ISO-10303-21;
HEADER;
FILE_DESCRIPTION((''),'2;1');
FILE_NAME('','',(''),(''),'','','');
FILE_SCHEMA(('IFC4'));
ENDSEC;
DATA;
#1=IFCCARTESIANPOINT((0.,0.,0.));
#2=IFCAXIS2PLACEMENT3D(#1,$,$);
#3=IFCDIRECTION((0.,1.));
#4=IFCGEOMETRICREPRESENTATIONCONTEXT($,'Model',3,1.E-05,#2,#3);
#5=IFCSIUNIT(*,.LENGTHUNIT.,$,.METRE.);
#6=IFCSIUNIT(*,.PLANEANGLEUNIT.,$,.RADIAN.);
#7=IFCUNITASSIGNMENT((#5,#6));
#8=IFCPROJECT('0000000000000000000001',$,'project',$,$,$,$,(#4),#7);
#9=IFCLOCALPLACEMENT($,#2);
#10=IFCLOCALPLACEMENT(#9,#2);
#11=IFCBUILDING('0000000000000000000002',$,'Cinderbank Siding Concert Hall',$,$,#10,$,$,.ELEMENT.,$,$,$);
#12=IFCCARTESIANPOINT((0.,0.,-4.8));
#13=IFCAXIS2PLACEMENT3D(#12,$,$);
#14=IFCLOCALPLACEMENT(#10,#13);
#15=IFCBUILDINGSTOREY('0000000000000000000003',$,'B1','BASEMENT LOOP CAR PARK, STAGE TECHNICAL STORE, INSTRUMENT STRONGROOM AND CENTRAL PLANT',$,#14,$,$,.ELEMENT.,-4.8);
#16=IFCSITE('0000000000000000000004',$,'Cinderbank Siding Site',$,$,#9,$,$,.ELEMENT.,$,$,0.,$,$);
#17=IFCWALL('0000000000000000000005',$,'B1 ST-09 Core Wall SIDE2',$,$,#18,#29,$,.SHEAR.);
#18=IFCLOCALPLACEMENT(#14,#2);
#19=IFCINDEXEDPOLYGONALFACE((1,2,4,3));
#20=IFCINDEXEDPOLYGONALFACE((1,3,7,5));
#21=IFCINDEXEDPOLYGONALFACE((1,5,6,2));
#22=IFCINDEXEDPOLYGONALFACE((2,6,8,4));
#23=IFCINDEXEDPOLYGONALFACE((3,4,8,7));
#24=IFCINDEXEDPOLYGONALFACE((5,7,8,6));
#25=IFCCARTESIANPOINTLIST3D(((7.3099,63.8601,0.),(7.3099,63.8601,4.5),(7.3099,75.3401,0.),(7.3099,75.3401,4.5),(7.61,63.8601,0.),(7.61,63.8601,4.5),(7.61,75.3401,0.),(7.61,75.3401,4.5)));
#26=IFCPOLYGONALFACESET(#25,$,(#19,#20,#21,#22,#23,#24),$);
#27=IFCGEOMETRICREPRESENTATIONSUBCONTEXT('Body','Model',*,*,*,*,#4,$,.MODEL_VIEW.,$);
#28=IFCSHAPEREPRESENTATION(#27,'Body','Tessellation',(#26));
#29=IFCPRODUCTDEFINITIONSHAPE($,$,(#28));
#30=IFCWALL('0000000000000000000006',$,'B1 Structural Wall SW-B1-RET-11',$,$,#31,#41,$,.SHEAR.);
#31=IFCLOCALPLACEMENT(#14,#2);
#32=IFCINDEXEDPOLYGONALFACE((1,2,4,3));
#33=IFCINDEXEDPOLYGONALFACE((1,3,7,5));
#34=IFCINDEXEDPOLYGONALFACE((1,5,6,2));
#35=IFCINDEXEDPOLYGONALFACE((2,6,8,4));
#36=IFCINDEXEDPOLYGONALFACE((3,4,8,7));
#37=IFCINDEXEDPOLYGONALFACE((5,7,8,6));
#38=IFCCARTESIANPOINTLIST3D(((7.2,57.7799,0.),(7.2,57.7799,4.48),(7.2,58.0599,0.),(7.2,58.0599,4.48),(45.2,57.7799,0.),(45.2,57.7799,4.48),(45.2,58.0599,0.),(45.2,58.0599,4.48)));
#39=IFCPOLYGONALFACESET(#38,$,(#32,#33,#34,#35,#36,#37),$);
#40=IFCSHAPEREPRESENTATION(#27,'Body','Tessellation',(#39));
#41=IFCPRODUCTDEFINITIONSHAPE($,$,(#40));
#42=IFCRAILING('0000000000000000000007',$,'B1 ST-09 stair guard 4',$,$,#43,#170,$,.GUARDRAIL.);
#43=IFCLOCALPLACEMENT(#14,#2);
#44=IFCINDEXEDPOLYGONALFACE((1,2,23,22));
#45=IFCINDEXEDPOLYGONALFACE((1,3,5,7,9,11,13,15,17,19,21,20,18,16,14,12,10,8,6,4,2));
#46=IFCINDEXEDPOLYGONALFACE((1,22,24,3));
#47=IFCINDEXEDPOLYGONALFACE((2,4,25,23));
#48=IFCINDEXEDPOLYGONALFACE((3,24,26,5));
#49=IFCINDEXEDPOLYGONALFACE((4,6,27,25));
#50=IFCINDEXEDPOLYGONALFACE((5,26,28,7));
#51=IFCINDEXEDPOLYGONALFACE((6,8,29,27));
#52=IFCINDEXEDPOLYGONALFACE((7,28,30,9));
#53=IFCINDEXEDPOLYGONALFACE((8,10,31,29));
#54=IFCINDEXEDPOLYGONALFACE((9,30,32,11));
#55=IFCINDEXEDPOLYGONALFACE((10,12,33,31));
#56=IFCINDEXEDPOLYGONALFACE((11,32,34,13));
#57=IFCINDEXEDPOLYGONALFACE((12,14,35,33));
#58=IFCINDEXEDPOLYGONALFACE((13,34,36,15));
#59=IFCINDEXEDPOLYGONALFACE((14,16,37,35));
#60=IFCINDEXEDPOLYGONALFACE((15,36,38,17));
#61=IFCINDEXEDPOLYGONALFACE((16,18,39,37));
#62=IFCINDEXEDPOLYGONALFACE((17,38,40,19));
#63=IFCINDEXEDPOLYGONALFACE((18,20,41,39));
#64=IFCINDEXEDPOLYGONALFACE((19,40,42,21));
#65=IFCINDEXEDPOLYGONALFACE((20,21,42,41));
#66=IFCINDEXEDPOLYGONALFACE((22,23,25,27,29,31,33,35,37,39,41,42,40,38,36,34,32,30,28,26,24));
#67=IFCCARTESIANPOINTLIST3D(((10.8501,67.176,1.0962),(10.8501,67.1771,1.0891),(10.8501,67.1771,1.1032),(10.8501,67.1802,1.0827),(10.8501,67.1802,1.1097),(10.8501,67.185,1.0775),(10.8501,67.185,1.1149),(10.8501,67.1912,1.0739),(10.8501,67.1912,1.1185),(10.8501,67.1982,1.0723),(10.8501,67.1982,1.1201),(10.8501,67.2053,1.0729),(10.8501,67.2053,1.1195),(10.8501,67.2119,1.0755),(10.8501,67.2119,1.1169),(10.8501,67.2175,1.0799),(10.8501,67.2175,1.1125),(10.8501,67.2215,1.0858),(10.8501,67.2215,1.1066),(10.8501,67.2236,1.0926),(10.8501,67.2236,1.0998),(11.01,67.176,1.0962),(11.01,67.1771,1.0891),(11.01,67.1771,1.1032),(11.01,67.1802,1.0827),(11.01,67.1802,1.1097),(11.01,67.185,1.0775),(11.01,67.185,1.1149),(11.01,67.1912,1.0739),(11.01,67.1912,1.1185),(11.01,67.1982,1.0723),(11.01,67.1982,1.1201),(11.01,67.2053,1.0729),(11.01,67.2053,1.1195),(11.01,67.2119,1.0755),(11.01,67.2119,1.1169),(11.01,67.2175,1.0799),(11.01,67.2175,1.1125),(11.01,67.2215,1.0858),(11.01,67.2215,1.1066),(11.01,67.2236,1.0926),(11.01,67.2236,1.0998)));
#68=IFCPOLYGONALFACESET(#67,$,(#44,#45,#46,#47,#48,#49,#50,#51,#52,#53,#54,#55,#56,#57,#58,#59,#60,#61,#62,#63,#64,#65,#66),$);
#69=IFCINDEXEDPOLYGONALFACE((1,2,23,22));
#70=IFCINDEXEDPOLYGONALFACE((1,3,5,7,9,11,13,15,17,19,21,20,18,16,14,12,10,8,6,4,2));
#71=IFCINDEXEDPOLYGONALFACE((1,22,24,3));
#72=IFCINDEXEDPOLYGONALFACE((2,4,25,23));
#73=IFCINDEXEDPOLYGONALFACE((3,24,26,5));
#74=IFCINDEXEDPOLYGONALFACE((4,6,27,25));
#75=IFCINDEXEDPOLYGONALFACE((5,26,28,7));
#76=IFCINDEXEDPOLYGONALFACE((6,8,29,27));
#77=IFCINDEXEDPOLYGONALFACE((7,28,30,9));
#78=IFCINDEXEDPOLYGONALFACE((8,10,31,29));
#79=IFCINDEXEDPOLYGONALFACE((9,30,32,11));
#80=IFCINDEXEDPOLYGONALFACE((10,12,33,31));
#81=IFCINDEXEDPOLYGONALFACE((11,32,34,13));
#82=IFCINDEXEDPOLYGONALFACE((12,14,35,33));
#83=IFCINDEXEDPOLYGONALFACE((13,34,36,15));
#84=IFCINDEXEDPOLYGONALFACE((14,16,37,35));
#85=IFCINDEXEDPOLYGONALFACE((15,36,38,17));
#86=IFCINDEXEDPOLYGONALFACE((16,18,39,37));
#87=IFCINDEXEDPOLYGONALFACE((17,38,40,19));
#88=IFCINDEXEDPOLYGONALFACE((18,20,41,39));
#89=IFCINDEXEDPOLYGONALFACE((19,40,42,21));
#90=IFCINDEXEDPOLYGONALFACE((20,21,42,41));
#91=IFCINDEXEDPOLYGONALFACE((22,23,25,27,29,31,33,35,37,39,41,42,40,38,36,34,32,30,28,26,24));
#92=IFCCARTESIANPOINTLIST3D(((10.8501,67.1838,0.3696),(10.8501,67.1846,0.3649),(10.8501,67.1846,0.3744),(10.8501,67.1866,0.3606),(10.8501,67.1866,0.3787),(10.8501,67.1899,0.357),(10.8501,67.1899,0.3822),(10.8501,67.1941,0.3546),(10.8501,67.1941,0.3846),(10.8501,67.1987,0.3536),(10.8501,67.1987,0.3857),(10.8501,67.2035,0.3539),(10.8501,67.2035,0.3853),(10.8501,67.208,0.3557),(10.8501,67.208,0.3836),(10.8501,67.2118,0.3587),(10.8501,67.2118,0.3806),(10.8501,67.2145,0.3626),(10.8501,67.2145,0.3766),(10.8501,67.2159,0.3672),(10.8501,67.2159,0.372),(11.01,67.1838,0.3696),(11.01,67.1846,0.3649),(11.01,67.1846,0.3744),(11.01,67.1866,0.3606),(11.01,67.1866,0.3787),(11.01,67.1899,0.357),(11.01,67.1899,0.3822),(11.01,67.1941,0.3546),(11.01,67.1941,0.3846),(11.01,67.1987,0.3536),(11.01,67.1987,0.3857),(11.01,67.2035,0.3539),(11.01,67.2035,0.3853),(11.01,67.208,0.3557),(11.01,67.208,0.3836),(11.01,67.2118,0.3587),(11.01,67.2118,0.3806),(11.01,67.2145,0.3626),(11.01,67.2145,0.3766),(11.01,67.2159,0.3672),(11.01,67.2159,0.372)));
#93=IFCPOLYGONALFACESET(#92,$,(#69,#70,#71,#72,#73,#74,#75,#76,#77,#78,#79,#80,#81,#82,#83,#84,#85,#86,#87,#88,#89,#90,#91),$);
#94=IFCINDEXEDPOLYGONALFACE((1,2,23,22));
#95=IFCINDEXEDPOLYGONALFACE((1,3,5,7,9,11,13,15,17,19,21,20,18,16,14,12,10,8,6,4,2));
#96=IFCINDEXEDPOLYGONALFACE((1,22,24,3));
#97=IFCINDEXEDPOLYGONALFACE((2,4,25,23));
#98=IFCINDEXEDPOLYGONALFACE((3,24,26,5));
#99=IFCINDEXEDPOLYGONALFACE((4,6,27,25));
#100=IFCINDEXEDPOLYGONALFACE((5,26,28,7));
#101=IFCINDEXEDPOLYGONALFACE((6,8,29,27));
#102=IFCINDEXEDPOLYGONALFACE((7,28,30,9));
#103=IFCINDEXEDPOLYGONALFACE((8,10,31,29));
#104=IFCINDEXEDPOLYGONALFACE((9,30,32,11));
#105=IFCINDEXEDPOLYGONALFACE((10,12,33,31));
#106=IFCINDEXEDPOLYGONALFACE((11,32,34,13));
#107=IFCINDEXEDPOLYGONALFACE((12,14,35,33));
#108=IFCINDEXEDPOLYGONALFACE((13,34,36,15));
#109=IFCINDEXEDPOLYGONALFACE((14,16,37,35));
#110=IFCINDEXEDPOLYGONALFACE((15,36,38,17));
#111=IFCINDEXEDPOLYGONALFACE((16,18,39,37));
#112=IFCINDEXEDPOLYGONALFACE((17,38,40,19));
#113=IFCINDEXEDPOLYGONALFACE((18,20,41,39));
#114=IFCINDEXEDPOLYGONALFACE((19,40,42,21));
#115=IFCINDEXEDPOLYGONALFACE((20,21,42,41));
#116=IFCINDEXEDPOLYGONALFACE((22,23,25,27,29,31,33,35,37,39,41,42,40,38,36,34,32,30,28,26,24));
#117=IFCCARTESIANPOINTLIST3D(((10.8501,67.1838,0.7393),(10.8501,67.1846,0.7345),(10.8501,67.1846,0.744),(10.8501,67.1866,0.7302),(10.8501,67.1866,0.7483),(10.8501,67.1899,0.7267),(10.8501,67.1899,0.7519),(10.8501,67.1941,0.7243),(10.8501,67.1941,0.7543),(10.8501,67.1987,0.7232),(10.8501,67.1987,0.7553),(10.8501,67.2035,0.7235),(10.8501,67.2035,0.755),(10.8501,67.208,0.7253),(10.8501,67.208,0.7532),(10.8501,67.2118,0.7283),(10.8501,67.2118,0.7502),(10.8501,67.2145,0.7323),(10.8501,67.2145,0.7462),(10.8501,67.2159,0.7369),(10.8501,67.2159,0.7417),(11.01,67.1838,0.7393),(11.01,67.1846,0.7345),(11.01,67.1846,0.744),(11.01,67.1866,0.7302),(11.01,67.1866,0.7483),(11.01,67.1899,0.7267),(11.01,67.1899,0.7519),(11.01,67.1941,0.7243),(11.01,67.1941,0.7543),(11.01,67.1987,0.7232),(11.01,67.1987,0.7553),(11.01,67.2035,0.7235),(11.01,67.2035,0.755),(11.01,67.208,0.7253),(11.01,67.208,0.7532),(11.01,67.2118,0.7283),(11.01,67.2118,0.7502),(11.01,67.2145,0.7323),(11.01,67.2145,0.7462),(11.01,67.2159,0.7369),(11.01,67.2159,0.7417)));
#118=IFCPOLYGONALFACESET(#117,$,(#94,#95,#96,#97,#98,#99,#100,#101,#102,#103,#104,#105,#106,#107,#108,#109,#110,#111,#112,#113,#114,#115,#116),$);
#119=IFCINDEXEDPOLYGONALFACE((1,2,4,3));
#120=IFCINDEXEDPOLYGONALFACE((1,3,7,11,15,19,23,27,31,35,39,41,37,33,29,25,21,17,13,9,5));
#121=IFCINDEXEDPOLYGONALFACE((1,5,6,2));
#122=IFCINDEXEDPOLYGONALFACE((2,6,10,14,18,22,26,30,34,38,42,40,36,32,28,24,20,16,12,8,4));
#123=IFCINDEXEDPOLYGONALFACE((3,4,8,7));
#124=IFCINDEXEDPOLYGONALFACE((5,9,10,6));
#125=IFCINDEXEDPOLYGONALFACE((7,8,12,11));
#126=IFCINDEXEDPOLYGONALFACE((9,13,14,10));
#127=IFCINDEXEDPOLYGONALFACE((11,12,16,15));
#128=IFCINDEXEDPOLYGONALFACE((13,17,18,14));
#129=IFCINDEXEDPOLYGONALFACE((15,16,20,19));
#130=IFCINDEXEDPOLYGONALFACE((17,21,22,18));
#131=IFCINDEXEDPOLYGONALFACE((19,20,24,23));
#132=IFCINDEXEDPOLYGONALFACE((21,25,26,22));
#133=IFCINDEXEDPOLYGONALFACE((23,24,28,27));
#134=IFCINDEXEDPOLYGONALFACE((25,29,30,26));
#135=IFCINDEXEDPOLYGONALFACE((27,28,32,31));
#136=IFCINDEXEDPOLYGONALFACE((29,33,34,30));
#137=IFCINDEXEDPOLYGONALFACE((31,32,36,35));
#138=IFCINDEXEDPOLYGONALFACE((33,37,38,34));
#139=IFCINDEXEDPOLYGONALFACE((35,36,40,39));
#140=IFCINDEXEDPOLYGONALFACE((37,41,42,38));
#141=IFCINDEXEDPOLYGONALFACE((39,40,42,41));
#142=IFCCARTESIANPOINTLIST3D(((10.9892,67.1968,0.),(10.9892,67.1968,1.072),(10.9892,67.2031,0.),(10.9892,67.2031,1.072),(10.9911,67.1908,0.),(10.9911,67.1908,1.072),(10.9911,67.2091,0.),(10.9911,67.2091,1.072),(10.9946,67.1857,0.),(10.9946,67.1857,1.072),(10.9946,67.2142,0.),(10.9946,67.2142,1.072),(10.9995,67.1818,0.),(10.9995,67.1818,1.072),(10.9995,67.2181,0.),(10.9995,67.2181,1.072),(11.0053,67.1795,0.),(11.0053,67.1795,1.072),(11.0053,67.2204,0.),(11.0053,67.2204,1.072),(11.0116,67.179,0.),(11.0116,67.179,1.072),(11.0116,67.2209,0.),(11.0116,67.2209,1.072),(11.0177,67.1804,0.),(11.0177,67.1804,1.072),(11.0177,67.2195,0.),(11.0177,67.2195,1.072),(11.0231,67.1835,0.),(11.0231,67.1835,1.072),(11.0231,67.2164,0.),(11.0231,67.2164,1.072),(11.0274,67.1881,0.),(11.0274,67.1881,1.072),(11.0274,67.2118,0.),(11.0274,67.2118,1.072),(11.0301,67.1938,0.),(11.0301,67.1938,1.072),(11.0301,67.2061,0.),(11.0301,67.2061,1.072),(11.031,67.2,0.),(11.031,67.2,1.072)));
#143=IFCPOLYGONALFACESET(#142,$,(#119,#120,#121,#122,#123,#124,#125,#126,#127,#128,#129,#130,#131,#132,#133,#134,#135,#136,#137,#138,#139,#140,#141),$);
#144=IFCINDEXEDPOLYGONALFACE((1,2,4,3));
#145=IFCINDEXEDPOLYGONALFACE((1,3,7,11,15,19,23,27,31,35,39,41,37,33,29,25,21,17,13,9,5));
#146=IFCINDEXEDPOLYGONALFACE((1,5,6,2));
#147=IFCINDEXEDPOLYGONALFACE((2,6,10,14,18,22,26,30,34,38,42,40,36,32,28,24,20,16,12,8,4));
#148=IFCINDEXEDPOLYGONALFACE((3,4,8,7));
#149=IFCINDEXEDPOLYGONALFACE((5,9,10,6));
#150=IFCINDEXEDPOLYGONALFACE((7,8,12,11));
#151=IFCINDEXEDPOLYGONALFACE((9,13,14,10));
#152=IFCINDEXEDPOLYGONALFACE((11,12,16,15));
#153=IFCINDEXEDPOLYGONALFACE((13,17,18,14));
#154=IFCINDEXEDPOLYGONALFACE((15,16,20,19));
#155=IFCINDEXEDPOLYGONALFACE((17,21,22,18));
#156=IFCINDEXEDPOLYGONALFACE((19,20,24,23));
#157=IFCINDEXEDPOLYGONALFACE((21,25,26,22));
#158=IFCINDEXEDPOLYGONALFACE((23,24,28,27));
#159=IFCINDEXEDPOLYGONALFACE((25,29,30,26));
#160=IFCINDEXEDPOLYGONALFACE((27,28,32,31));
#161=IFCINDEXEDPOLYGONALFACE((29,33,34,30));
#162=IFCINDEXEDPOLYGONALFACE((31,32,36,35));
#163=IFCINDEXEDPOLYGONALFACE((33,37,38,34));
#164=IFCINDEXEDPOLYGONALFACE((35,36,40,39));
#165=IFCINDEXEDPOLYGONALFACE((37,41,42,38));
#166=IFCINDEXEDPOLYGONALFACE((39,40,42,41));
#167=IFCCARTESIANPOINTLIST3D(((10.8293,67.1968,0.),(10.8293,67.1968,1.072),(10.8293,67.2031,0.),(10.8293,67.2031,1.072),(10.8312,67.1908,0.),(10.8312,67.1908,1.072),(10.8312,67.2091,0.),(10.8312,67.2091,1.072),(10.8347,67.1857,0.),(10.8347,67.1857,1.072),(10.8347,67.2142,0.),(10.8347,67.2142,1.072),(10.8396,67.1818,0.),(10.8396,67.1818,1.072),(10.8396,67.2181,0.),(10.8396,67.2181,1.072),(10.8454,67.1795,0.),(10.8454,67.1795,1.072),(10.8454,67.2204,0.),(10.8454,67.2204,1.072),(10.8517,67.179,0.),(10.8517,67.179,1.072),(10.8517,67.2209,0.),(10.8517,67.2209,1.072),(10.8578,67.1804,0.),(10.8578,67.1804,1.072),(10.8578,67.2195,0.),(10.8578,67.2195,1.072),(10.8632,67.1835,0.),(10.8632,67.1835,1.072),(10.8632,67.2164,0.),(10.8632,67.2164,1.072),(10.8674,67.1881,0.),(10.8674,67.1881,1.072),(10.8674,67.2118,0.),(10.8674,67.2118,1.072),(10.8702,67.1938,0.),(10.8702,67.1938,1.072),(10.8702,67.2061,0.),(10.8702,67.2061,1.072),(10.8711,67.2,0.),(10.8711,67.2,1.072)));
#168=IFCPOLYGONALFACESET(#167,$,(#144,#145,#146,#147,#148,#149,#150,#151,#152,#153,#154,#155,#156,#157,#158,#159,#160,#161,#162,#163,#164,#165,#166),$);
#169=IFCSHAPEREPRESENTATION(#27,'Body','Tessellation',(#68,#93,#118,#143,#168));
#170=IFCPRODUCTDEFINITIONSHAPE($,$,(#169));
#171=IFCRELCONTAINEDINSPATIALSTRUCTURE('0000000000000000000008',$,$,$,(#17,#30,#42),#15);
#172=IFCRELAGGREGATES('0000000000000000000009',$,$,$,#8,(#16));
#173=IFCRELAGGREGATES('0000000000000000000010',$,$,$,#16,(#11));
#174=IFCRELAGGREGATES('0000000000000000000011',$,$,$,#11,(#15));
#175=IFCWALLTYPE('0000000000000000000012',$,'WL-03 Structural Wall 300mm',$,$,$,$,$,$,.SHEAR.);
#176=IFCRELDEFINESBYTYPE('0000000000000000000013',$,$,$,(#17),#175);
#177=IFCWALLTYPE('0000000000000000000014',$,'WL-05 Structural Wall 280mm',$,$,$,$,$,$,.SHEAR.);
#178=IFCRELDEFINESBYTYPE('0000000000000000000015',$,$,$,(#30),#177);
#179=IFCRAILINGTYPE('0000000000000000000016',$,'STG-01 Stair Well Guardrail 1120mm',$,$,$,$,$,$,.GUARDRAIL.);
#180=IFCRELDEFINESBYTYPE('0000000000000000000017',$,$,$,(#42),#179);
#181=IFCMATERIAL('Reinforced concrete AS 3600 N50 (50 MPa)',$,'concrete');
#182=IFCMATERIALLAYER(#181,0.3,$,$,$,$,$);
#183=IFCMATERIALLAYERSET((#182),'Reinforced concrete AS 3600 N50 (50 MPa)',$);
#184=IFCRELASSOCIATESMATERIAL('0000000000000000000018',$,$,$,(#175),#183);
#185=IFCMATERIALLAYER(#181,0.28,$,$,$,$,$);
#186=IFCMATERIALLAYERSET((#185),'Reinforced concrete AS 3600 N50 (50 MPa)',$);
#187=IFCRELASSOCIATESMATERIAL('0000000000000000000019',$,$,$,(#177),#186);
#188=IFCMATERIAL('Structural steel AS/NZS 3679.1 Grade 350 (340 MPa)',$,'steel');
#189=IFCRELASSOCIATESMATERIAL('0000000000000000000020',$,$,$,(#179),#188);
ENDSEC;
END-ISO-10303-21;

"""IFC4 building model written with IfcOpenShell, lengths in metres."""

from ifc_helpers import new_model, si_unit, direction, frame, frame_2d, origin, origin_2d, place, context, subcontext, project, spatial, rectangle, circle, extrude, material, layer, layer_set, type_object, element, save


model = new_model("IFC4")

# Units and contexts
model_context = context("Model", 3, precision=1e-05, world=origin(), true_north=direction((0.0, 1.0)))
body_context = subcontext(model_context, "Body", "Model", "MODEL_VIEW")
ifc_project = project(units=[si_unit("LENGTHUNIT", "METRE"), si_unit("PLANEANGLEUNIT", "RADIAN")], contexts=[model_context])

# Site, building, storey
site_placement = place(None, origin())
site = spatial("IfcSite", under=ifc_project, at=site_placement, Name="Cinderbank Siding Site", CompositionType="ELEMENT", RefElevation=0.0)
building_placement = place(site_placement, origin())
building = spatial("IfcBuilding", under=site, at=building_placement, Name="Cinderbank Siding Concert Hall", CompositionType="ELEMENT")
storey_placement = place(building_placement, frame((0.0, 0.0, -4.8)))
storey = spatial("IfcBuildingStorey", under=building, at=storey_placement, Name="B1", Description="BASEMENT LOOP CAR PARK, STAGE TECHNICAL STORE, INSTRUMENT STRONGROOM AND CENTRAL PLANT", CompositionType="ELEMENT", Elevation=-4.8)

# Shared definitions
ifc_material_1 = material(Name="Reinforced concrete AS 3600 N50 (50 MPa)", Category="concrete")

# Shared definitions
ifc_layer_1 = layer(ifc_material_1, 0.3)
ifc_layer_set_1 = layer_set([ifc_layer_1], Name="Reinforced concrete AS 3600 N50 (50 MPa)")
wall_type_1 = type_object("IfcWallType", Name="WL-03 Structural Wall 300mm", PredefinedType="SHEAR", material=ifc_layer_set_1)

# Walls
wall_1_placement = place(storey_placement, frame((7.46, 63.8601, 0.0), z_axis=(0.0, 0.0, 1.0), x_axis=(0.0, 1.0, 0.0)))
element("IfcWall", 1, at=wall_1_placement, inside=storey, type_object=wall_type_1, Name="B1 ST-09 Core Wall SIDE2", PredefinedType="SHEAR", context=body_context, shape_type="SweptSolid", body=[
    extrude(rectangle(XDim=11.48, YDim=0.3, at=frame_2d((5.74, 0.0))), origin(), (0.0, 0.0, 1.0), 4.5),
])
ifc_layer_2 = layer(ifc_material_1, 0.28)
ifc_layer_set_2 = layer_set([ifc_layer_2], Name="Reinforced concrete AS 3600 N50 (50 MPa)")
wall_type_2 = type_object("IfcWallType", Name="WL-05 Structural Wall 280mm", PredefinedType="SHEAR", material=ifc_layer_set_2)
wall_2_placement = place(storey_placement, frame((7.2, 57.9199, 0.0), z_axis=(0.0, 0.0, 1.0), x_axis=(1.0, 0.0, 0.0)))
element("IfcWall", 2, at=wall_2_placement, inside=storey, type_object=wall_type_2, Name="B1 Structural Wall SW-B1-RET-11", PredefinedType="SHEAR", context=body_context, shape_type="SweptSolid", body=[
    extrude(rectangle(XDim=38.0, YDim=0.28, at=frame_2d((19.0, 0.0))), origin(), (0.0, 0.0, 1.0), 4.48),
])

# Railing
ifc_material_2 = material(Name="Structural steel AS/NZS 3679.1 Grade 350 (340 MPa)", Category="steel")
railing_type_1 = type_object("IfcRailingType", Name="STG-01 Stair Well Guardrail 1120mm", PredefinedType="GUARDRAIL", material=ifc_material_2)
railing_1_placement = place(storey_placement, frame((11.01, 67.2, 0.0)))
element("IfcRailing", 3, at=railing_1_placement, inside=storey, type_object=railing_type_1, Name="B1 ST-09 stair guard 4", PredefinedType="GUARDRAIL", context=body_context, shape_type="SweptSolid", body=[
    extrude(circle(Radius=0.0239, at=origin_2d()), frame((0.0, 0.0, 1.0962), z_axis=(-1.0, 0.0, 0.0), x_axis=(0.0, -1.0, 0.0)), (0.0, 0.0, 1.0), 0.1599),
    extrude(circle(Radius=0.0161, at=origin_2d()), frame((0.0, 0.0, 0.3696), z_axis=(-1.0, 0.0, 0.0), x_axis=(0.0, -1.0, 0.0)), (0.0, 0.0, 1.0), 0.1599),
    extrude(circle(Radius=0.0161, at=origin_2d()), frame((0.0, 0.0, 0.7393), z_axis=(-1.0, 0.0, 0.0), x_axis=(0.0, -1.0, 0.0)), (0.0, 0.0, 1.0), 0.1599),
    extrude(circle(Radius=0.021, at=origin_2d()), origin(), (0.0, 0.0, 1.0), 1.072),
    extrude(circle(Radius=0.021, at=origin_2d()), frame((-0.1599, 0.0, 0.0)), (0.0, 0.0, 1.0), 1.072),
])

save(model, "model.ifc")
